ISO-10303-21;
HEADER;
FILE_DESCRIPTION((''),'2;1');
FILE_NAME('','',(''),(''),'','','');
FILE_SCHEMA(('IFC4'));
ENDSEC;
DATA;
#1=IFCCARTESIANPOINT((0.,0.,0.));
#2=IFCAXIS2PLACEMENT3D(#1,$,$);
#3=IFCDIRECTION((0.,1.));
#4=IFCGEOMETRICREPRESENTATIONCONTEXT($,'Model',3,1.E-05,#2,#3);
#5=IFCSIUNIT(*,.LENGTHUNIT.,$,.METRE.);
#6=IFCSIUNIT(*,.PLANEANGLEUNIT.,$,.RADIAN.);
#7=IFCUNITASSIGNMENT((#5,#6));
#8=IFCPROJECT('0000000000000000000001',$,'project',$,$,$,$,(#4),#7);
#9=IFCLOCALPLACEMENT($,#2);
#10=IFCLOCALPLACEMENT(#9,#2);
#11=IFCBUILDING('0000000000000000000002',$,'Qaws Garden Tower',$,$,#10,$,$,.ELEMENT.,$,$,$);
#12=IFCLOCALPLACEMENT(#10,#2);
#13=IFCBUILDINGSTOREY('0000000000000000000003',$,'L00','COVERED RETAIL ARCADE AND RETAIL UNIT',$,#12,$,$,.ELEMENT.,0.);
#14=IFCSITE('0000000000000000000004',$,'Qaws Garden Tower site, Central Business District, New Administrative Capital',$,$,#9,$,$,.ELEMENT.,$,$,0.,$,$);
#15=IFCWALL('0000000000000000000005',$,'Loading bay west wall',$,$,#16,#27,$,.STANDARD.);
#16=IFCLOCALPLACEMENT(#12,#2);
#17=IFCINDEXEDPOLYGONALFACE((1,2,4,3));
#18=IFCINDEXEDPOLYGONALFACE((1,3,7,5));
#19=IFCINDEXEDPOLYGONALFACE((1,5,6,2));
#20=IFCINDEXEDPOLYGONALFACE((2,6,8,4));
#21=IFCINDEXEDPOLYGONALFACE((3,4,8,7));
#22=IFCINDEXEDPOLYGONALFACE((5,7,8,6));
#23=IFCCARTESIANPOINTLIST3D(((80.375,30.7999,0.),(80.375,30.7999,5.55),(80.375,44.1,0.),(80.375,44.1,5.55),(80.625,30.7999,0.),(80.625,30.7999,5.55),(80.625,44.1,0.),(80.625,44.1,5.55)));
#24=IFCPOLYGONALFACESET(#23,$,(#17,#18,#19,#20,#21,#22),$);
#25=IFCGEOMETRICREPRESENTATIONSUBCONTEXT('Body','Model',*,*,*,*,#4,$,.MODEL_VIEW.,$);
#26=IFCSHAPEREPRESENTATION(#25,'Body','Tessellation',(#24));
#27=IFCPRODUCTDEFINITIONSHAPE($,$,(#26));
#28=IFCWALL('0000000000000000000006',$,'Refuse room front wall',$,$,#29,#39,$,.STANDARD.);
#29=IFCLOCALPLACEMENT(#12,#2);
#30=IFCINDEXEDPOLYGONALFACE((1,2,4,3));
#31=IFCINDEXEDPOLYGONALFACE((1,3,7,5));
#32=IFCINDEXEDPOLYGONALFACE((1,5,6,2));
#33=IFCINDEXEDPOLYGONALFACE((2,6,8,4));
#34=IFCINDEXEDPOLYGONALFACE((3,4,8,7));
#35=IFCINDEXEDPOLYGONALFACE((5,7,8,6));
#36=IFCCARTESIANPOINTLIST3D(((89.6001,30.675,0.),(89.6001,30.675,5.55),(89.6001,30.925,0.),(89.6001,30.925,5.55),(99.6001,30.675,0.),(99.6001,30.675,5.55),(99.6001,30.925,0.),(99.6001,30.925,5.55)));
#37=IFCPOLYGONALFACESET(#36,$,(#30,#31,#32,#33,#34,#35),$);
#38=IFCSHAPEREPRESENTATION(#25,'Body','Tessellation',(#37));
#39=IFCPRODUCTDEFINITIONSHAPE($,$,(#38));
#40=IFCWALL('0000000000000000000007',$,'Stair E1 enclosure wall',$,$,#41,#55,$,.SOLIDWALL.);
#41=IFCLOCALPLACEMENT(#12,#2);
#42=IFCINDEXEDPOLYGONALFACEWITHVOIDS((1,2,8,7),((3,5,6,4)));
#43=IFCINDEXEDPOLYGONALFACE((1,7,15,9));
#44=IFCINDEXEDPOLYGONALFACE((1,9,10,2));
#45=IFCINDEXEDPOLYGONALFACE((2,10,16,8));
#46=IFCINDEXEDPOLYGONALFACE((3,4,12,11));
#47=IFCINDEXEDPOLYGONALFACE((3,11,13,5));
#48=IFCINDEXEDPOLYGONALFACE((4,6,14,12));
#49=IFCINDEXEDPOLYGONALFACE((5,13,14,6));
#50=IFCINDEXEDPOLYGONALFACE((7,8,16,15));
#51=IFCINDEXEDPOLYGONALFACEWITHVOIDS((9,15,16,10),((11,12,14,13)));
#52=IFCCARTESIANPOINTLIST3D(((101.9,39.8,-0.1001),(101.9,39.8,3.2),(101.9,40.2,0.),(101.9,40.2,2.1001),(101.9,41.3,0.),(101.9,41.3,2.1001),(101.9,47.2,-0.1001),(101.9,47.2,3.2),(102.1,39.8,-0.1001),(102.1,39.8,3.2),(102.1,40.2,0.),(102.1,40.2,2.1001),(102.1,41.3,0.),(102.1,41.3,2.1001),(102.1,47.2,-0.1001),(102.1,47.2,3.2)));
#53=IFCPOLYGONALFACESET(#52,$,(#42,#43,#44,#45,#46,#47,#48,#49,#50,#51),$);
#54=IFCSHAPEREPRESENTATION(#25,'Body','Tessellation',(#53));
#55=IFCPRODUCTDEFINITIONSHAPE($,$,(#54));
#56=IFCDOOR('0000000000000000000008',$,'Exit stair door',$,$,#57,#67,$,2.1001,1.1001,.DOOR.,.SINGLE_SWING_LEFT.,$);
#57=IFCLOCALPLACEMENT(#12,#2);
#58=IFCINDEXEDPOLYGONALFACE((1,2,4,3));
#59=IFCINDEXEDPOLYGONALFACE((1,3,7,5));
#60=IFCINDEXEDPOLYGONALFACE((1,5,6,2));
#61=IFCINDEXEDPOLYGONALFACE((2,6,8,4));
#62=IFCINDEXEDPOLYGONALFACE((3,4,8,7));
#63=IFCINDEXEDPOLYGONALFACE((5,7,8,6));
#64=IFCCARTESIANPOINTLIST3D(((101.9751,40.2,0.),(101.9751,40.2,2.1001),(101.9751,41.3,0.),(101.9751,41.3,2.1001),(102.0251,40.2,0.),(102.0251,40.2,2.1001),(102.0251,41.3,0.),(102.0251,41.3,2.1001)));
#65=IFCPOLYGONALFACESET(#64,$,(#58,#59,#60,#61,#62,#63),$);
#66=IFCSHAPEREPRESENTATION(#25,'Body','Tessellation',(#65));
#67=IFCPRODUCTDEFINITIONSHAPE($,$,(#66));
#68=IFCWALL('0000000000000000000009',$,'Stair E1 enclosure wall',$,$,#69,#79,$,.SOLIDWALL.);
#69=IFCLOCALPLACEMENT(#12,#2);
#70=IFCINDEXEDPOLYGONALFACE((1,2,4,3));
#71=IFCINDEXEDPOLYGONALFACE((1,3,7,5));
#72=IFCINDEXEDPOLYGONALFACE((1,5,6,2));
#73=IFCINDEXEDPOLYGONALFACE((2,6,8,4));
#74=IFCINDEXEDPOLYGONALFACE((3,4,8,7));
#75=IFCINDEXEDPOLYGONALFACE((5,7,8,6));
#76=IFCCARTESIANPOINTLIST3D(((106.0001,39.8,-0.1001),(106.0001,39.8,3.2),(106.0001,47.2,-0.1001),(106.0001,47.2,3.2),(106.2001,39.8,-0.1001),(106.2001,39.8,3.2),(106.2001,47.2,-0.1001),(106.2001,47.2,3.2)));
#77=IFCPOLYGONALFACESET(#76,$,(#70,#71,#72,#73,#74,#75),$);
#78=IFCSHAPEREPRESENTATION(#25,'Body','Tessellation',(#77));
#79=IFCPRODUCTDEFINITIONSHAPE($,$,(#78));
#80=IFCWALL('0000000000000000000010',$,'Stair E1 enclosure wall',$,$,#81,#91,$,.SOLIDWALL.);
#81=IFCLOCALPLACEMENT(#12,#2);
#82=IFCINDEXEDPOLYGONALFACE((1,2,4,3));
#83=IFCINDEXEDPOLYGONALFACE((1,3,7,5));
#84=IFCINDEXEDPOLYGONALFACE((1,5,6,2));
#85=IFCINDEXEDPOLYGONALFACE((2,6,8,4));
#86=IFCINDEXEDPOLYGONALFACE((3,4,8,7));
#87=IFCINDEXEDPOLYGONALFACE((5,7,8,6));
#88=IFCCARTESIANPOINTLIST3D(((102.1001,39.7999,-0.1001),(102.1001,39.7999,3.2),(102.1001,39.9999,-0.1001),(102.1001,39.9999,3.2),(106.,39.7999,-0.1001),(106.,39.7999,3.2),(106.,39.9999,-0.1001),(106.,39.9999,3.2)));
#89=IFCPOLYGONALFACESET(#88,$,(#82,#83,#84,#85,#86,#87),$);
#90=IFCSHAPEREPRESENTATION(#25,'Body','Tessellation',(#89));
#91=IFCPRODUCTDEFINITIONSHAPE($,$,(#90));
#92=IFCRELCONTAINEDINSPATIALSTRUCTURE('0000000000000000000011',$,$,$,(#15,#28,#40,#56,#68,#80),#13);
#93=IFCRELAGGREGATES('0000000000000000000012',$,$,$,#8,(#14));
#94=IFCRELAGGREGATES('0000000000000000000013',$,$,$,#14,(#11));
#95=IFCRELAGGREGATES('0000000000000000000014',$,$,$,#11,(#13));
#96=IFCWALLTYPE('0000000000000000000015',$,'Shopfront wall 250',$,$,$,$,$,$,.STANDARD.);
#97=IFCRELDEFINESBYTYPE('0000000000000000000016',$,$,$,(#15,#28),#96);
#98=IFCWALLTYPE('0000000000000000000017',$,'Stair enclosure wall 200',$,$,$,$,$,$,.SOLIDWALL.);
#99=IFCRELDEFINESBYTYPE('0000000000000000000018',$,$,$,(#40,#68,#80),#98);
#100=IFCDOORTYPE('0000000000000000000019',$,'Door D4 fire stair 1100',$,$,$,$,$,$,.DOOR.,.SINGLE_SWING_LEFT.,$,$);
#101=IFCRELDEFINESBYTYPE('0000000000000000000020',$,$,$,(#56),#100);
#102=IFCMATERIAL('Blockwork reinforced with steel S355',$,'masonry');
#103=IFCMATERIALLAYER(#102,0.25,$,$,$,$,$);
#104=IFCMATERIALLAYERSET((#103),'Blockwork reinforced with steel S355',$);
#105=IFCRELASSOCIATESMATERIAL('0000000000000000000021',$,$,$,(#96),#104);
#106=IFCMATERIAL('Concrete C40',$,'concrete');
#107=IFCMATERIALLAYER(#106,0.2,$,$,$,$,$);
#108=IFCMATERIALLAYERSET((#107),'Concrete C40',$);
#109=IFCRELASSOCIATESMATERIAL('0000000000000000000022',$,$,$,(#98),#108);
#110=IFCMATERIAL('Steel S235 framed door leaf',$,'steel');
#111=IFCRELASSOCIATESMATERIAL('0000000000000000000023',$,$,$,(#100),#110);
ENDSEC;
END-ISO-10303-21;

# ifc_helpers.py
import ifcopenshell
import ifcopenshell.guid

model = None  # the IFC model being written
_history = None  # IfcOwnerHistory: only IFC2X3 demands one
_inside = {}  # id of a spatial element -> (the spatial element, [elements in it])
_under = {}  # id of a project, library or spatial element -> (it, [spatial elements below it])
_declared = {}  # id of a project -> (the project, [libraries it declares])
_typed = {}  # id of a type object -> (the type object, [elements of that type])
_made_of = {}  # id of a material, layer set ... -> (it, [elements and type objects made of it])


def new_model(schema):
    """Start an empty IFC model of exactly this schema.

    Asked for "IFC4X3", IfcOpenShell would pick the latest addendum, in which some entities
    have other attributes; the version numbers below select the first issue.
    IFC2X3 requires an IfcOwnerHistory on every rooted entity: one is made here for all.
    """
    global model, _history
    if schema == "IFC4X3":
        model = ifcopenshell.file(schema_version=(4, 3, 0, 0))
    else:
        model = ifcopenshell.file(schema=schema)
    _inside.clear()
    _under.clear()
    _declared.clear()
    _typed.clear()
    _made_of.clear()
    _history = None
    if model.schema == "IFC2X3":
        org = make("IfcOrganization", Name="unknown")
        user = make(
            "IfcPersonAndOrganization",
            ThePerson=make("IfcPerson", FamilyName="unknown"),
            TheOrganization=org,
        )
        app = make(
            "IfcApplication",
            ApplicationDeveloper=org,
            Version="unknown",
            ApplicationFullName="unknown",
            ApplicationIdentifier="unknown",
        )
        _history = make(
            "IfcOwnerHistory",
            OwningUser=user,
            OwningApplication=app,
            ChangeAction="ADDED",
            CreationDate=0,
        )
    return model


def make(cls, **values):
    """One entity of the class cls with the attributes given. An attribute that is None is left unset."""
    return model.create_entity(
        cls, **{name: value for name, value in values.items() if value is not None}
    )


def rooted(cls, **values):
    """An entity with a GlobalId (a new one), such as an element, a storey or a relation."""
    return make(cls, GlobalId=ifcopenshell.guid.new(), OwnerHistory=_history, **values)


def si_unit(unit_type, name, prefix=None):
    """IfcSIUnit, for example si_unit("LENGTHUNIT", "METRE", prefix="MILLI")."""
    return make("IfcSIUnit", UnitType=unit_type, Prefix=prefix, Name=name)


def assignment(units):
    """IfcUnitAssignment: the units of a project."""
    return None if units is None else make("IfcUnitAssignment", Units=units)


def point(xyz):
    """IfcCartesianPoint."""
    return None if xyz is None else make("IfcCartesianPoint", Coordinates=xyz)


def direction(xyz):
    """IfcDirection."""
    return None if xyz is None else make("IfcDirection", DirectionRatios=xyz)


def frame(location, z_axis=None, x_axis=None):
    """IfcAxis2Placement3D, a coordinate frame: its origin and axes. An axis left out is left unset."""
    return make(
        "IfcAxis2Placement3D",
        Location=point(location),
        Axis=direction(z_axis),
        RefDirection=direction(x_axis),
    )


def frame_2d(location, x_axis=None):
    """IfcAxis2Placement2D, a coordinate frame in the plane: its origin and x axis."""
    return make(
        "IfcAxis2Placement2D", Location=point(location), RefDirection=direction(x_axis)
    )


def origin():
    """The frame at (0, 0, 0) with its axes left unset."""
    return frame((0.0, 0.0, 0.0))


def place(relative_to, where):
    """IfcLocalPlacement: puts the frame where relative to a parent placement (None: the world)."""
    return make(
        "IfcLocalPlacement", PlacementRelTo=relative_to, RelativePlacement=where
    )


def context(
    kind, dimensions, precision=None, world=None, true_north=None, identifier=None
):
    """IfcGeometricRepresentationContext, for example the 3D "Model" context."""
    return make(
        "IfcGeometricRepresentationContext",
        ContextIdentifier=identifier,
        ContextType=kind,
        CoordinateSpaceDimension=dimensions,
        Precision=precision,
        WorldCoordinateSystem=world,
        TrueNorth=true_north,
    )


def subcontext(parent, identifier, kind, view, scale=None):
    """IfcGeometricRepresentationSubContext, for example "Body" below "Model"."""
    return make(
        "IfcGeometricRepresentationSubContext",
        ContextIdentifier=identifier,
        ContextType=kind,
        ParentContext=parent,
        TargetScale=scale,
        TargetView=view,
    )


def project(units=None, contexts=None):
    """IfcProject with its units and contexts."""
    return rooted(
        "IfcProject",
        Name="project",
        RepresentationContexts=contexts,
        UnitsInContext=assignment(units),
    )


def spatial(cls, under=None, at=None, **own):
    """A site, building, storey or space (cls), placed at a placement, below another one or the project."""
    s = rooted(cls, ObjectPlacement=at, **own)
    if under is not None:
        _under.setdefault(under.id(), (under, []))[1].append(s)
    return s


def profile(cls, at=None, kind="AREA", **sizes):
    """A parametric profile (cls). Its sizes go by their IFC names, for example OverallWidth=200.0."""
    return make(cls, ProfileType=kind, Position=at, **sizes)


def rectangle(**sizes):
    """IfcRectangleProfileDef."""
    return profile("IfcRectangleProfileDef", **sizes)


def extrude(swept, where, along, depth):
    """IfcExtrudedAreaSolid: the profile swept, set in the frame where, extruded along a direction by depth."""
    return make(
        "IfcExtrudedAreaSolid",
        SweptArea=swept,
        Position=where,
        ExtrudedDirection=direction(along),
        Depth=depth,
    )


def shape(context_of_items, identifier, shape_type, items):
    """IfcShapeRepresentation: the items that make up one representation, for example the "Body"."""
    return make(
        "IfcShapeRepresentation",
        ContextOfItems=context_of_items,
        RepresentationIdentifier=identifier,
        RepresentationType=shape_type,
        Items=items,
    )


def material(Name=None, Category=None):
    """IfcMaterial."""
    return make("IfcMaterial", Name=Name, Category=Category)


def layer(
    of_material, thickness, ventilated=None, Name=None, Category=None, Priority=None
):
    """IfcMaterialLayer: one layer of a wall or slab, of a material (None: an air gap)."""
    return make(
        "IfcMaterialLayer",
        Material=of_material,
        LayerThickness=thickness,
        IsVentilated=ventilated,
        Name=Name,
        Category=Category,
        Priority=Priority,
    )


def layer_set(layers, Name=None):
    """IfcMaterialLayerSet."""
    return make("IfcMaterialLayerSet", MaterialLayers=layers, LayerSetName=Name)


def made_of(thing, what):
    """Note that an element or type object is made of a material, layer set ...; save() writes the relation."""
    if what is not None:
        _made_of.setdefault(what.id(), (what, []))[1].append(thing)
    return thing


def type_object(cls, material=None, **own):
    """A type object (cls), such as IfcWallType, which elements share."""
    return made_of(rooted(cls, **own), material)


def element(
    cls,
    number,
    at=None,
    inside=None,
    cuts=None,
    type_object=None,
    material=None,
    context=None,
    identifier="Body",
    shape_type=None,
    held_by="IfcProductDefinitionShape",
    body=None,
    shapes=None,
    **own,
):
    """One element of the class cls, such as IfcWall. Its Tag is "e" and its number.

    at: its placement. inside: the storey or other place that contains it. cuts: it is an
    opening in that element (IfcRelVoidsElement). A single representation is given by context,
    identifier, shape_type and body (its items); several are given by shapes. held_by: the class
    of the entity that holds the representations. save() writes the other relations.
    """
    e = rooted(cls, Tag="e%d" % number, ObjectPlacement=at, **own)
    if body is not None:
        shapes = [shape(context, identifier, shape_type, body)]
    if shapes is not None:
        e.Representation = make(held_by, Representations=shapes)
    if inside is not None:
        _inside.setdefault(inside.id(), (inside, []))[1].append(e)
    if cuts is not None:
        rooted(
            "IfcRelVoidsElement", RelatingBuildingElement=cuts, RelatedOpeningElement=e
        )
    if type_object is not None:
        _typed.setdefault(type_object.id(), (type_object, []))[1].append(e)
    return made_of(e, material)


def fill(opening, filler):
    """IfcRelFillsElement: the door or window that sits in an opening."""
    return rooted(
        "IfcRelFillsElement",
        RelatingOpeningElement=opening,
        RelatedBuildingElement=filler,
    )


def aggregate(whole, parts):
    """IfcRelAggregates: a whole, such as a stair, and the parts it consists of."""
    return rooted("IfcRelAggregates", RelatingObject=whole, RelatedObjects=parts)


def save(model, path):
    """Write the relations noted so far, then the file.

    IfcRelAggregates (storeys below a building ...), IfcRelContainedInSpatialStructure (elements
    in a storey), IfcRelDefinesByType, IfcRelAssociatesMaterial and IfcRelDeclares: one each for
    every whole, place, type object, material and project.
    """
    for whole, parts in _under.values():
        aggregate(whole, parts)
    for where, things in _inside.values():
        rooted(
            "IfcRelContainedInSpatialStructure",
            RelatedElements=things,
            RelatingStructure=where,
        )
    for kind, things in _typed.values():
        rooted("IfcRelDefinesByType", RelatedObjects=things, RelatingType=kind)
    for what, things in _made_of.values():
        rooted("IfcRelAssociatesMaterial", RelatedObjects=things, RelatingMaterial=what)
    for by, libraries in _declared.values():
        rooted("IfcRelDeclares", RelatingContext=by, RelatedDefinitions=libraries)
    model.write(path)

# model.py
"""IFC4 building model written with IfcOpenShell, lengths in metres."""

from ifc_helpers import new_model, si_unit, direction, frame, frame_2d, origin, place, context, subcontext, project, spatial, rectangle, extrude, material, layer, layer_set, type_object, element, fill, save


model = new_model("IFC4")

# Units and contexts
model_context = context("Model", 3, precision=1e-05, world=origin(), true_north=direction((0.0, 1.0)))
body_context = subcontext(model_context, "Body", "Model", "MODEL_VIEW")
ifc_project = project(units=[si_unit("LENGTHUNIT", "METRE"), si_unit("PLANEANGLEUNIT", "RADIAN")], contexts=[model_context])

# Site, building, storey
site_placement = place(None, origin())
site = spatial("IfcSite", under=ifc_project, at=site_placement, Name="Qaws Garden Tower site, Central Business District, New Administrative Capital", CompositionType="ELEMENT", RefElevation=0.0)
building_placement = place(site_placement, origin())
building = spatial("IfcBuilding", under=site, at=building_placement, Name="Qaws Garden Tower", CompositionType="ELEMENT")
storey_placement = place(building_placement, origin())
storey = spatial("IfcBuildingStorey", under=building, at=storey_placement, Name="L00", Description="COVERED RETAIL ARCADE AND RETAIL UNIT", CompositionType="ELEMENT", Elevation=0.0)

# Shared definitions
ifc_material_1 = material(Name="Blockwork reinforced with steel S355", Category="masonry")
ifc_layer_1 = layer(ifc_material_1, 0.25)
ifc_layer_set_1 = layer_set([ifc_layer_1], Name="Blockwork reinforced with steel S355")
wall_type_1 = type_object("IfcWallType", Name="Shopfront wall 250", PredefinedType="STANDARD", material=ifc_layer_set_1)

# Walls
wall_1_placement = place(storey_placement, frame((80.5, 30.8, 0.0), z_axis=(0.0, 0.0, 1.0), x_axis=(0.0, 1.0, 0.0)))
element("IfcWall", 1, at=wall_1_placement, inside=storey, type_object=wall_type_1, Name="Loading bay west wall", PredefinedType="STANDARD", context=body_context, shape_type="SweptSolid", body=[
    extrude(rectangle(XDim=13.3, YDim=0.25, at=frame_2d((6.6499, 0.0))), origin(), (0.0, 0.0, 1.0), 5.55),
])
wall_2_placement = place(storey_placement, frame((89.6001, 30.8, 0.0), z_axis=(0.0, 0.0, 1.0), x_axis=(1.0, 0.0, 0.0)))
element("IfcWall", 2, at=wall_2_placement, inside=storey, type_object=wall_type_1, Name="Refuse room front wall", PredefinedType="STANDARD", context=body_context, shape_type="SweptSolid", body=[
    extrude(rectangle(XDim=10.0, YDim=0.25, at=frame_2d((5.0, 0.0))), origin(), (0.0, 0.0, 1.0), 5.55),
])

# Wall, opening, door
ifc_material_2 = material(Name="Concrete C40", Category="concrete")
ifc_layer_2 = layer(ifc_material_2, 0.2)
ifc_layer_set_2 = layer_set([ifc_layer_2], Name="Concrete C40")
wall_type_2 = type_object("IfcWallType", Name="Stair enclosure wall 200", PredefinedType="SOLIDWALL", material=ifc_layer_set_2)
wall_3_placement = place(storey_placement, frame((102.0, 39.8, -0.1001), z_axis=(0.0, 0.0, 1.0), x_axis=(0.0, 1.0, 0.0)))
wall_3 = element("IfcWall", 3, at=wall_3_placement, inside=storey, type_object=wall_type_2, Name="Stair E1 enclosure wall", PredefinedType="SOLIDWALL", context=body_context, shape_type="SweptSolid", body=[
    extrude(rectangle(XDim=7.3999, YDim=0.2, at=frame_2d((3.7, 0.0))), origin(), (0.0, 0.0, 1.0), 3.3),
])
opening_1_placement = place(wall_3_placement, frame((0.3999, 0.0, 0.1001)))
opening_1 = element("IfcOpeningElement", 4, at=opening_1_placement, cuts=wall_3, PredefinedType="OPENING", context=body_context, shape_type="SweptSolid", body=[
    extrude(rectangle(XDim=1.1001, YDim=2.1001, at=frame_2d((0.55, 1.05))), frame((0.0, 0.1099, 0.0), z_axis=(0.0, -1.0, 0.0), x_axis=(1.0, 0.0, 0.0)), (0.0, 0.0, 1.0), 0.22),
])
ifc_material_3 = material(Name="Steel S235 framed door leaf", Category="steel")
door_type_1 = type_object("IfcDoorType", Name="Door D4 fire stair 1100", OperationType="SINGLE_SWING_LEFT", PredefinedType="DOOR", material=ifc_material_3)
door_1_placement = place(opening_1_placement, origin())
door_1 = element("IfcDoor", 5, at=door_1_placement, inside=storey, type_object=door_type_1, Name="Exit stair door", OperationType="SINGLE_SWING_LEFT", OverallHeight=2.1001, OverallWidth=1.1001, PredefinedType="DOOR", context=body_context, shape_type="SweptSolid", body=[
    extrude(rectangle(XDim=1.1001, YDim=2.1001, at=frame_2d((0.55, 1.05))), frame((0.0, 0.0249, 0.0), z_axis=(0.0, -1.0, 0.0), x_axis=(1.0, 0.0, 0.0)), (0.0, 0.0, 1.0), 0.05),
])
fill(opening_1, door_1)

# Walls
wall_4_placement = place(storey_placement, frame((106.1001, 39.8, -0.1001), z_axis=(0.0, 0.0, 1.0), x_axis=(0.0, 1.0, 0.0)))
element("IfcWall", 6, at=wall_4_placement, inside=storey, type_object=wall_type_2, Name="Stair E1 enclosure wall", PredefinedType="SOLIDWALL", context=body_context, shape_type="SweptSolid", body=[
    extrude(rectangle(XDim=7.3999, YDim=0.2, at=frame_2d((3.7, 0.0))), origin(), (0.0, 0.0, 1.0), 3.3),
])
wall_5_placement = place(storey_placement, frame((102.1001, 39.8999, -0.1001), z_axis=(0.0, 0.0, 1.0), x_axis=(1.0, 0.0, 0.0)))
element("IfcWall", 7, at=wall_5_placement, inside=storey, type_object=wall_type_2, Name="Stair E1 enclosure wall", PredefinedType="SOLIDWALL", context=body_context, shape_type="SweptSolid", body=[
    extrude(rectangle(XDim=3.8999, YDim=0.2, at=frame_2d((1.95, 0.0))), origin(), (0.0, 0.0, 1.0), 3.3),
])

save(model, "model.ifc")
